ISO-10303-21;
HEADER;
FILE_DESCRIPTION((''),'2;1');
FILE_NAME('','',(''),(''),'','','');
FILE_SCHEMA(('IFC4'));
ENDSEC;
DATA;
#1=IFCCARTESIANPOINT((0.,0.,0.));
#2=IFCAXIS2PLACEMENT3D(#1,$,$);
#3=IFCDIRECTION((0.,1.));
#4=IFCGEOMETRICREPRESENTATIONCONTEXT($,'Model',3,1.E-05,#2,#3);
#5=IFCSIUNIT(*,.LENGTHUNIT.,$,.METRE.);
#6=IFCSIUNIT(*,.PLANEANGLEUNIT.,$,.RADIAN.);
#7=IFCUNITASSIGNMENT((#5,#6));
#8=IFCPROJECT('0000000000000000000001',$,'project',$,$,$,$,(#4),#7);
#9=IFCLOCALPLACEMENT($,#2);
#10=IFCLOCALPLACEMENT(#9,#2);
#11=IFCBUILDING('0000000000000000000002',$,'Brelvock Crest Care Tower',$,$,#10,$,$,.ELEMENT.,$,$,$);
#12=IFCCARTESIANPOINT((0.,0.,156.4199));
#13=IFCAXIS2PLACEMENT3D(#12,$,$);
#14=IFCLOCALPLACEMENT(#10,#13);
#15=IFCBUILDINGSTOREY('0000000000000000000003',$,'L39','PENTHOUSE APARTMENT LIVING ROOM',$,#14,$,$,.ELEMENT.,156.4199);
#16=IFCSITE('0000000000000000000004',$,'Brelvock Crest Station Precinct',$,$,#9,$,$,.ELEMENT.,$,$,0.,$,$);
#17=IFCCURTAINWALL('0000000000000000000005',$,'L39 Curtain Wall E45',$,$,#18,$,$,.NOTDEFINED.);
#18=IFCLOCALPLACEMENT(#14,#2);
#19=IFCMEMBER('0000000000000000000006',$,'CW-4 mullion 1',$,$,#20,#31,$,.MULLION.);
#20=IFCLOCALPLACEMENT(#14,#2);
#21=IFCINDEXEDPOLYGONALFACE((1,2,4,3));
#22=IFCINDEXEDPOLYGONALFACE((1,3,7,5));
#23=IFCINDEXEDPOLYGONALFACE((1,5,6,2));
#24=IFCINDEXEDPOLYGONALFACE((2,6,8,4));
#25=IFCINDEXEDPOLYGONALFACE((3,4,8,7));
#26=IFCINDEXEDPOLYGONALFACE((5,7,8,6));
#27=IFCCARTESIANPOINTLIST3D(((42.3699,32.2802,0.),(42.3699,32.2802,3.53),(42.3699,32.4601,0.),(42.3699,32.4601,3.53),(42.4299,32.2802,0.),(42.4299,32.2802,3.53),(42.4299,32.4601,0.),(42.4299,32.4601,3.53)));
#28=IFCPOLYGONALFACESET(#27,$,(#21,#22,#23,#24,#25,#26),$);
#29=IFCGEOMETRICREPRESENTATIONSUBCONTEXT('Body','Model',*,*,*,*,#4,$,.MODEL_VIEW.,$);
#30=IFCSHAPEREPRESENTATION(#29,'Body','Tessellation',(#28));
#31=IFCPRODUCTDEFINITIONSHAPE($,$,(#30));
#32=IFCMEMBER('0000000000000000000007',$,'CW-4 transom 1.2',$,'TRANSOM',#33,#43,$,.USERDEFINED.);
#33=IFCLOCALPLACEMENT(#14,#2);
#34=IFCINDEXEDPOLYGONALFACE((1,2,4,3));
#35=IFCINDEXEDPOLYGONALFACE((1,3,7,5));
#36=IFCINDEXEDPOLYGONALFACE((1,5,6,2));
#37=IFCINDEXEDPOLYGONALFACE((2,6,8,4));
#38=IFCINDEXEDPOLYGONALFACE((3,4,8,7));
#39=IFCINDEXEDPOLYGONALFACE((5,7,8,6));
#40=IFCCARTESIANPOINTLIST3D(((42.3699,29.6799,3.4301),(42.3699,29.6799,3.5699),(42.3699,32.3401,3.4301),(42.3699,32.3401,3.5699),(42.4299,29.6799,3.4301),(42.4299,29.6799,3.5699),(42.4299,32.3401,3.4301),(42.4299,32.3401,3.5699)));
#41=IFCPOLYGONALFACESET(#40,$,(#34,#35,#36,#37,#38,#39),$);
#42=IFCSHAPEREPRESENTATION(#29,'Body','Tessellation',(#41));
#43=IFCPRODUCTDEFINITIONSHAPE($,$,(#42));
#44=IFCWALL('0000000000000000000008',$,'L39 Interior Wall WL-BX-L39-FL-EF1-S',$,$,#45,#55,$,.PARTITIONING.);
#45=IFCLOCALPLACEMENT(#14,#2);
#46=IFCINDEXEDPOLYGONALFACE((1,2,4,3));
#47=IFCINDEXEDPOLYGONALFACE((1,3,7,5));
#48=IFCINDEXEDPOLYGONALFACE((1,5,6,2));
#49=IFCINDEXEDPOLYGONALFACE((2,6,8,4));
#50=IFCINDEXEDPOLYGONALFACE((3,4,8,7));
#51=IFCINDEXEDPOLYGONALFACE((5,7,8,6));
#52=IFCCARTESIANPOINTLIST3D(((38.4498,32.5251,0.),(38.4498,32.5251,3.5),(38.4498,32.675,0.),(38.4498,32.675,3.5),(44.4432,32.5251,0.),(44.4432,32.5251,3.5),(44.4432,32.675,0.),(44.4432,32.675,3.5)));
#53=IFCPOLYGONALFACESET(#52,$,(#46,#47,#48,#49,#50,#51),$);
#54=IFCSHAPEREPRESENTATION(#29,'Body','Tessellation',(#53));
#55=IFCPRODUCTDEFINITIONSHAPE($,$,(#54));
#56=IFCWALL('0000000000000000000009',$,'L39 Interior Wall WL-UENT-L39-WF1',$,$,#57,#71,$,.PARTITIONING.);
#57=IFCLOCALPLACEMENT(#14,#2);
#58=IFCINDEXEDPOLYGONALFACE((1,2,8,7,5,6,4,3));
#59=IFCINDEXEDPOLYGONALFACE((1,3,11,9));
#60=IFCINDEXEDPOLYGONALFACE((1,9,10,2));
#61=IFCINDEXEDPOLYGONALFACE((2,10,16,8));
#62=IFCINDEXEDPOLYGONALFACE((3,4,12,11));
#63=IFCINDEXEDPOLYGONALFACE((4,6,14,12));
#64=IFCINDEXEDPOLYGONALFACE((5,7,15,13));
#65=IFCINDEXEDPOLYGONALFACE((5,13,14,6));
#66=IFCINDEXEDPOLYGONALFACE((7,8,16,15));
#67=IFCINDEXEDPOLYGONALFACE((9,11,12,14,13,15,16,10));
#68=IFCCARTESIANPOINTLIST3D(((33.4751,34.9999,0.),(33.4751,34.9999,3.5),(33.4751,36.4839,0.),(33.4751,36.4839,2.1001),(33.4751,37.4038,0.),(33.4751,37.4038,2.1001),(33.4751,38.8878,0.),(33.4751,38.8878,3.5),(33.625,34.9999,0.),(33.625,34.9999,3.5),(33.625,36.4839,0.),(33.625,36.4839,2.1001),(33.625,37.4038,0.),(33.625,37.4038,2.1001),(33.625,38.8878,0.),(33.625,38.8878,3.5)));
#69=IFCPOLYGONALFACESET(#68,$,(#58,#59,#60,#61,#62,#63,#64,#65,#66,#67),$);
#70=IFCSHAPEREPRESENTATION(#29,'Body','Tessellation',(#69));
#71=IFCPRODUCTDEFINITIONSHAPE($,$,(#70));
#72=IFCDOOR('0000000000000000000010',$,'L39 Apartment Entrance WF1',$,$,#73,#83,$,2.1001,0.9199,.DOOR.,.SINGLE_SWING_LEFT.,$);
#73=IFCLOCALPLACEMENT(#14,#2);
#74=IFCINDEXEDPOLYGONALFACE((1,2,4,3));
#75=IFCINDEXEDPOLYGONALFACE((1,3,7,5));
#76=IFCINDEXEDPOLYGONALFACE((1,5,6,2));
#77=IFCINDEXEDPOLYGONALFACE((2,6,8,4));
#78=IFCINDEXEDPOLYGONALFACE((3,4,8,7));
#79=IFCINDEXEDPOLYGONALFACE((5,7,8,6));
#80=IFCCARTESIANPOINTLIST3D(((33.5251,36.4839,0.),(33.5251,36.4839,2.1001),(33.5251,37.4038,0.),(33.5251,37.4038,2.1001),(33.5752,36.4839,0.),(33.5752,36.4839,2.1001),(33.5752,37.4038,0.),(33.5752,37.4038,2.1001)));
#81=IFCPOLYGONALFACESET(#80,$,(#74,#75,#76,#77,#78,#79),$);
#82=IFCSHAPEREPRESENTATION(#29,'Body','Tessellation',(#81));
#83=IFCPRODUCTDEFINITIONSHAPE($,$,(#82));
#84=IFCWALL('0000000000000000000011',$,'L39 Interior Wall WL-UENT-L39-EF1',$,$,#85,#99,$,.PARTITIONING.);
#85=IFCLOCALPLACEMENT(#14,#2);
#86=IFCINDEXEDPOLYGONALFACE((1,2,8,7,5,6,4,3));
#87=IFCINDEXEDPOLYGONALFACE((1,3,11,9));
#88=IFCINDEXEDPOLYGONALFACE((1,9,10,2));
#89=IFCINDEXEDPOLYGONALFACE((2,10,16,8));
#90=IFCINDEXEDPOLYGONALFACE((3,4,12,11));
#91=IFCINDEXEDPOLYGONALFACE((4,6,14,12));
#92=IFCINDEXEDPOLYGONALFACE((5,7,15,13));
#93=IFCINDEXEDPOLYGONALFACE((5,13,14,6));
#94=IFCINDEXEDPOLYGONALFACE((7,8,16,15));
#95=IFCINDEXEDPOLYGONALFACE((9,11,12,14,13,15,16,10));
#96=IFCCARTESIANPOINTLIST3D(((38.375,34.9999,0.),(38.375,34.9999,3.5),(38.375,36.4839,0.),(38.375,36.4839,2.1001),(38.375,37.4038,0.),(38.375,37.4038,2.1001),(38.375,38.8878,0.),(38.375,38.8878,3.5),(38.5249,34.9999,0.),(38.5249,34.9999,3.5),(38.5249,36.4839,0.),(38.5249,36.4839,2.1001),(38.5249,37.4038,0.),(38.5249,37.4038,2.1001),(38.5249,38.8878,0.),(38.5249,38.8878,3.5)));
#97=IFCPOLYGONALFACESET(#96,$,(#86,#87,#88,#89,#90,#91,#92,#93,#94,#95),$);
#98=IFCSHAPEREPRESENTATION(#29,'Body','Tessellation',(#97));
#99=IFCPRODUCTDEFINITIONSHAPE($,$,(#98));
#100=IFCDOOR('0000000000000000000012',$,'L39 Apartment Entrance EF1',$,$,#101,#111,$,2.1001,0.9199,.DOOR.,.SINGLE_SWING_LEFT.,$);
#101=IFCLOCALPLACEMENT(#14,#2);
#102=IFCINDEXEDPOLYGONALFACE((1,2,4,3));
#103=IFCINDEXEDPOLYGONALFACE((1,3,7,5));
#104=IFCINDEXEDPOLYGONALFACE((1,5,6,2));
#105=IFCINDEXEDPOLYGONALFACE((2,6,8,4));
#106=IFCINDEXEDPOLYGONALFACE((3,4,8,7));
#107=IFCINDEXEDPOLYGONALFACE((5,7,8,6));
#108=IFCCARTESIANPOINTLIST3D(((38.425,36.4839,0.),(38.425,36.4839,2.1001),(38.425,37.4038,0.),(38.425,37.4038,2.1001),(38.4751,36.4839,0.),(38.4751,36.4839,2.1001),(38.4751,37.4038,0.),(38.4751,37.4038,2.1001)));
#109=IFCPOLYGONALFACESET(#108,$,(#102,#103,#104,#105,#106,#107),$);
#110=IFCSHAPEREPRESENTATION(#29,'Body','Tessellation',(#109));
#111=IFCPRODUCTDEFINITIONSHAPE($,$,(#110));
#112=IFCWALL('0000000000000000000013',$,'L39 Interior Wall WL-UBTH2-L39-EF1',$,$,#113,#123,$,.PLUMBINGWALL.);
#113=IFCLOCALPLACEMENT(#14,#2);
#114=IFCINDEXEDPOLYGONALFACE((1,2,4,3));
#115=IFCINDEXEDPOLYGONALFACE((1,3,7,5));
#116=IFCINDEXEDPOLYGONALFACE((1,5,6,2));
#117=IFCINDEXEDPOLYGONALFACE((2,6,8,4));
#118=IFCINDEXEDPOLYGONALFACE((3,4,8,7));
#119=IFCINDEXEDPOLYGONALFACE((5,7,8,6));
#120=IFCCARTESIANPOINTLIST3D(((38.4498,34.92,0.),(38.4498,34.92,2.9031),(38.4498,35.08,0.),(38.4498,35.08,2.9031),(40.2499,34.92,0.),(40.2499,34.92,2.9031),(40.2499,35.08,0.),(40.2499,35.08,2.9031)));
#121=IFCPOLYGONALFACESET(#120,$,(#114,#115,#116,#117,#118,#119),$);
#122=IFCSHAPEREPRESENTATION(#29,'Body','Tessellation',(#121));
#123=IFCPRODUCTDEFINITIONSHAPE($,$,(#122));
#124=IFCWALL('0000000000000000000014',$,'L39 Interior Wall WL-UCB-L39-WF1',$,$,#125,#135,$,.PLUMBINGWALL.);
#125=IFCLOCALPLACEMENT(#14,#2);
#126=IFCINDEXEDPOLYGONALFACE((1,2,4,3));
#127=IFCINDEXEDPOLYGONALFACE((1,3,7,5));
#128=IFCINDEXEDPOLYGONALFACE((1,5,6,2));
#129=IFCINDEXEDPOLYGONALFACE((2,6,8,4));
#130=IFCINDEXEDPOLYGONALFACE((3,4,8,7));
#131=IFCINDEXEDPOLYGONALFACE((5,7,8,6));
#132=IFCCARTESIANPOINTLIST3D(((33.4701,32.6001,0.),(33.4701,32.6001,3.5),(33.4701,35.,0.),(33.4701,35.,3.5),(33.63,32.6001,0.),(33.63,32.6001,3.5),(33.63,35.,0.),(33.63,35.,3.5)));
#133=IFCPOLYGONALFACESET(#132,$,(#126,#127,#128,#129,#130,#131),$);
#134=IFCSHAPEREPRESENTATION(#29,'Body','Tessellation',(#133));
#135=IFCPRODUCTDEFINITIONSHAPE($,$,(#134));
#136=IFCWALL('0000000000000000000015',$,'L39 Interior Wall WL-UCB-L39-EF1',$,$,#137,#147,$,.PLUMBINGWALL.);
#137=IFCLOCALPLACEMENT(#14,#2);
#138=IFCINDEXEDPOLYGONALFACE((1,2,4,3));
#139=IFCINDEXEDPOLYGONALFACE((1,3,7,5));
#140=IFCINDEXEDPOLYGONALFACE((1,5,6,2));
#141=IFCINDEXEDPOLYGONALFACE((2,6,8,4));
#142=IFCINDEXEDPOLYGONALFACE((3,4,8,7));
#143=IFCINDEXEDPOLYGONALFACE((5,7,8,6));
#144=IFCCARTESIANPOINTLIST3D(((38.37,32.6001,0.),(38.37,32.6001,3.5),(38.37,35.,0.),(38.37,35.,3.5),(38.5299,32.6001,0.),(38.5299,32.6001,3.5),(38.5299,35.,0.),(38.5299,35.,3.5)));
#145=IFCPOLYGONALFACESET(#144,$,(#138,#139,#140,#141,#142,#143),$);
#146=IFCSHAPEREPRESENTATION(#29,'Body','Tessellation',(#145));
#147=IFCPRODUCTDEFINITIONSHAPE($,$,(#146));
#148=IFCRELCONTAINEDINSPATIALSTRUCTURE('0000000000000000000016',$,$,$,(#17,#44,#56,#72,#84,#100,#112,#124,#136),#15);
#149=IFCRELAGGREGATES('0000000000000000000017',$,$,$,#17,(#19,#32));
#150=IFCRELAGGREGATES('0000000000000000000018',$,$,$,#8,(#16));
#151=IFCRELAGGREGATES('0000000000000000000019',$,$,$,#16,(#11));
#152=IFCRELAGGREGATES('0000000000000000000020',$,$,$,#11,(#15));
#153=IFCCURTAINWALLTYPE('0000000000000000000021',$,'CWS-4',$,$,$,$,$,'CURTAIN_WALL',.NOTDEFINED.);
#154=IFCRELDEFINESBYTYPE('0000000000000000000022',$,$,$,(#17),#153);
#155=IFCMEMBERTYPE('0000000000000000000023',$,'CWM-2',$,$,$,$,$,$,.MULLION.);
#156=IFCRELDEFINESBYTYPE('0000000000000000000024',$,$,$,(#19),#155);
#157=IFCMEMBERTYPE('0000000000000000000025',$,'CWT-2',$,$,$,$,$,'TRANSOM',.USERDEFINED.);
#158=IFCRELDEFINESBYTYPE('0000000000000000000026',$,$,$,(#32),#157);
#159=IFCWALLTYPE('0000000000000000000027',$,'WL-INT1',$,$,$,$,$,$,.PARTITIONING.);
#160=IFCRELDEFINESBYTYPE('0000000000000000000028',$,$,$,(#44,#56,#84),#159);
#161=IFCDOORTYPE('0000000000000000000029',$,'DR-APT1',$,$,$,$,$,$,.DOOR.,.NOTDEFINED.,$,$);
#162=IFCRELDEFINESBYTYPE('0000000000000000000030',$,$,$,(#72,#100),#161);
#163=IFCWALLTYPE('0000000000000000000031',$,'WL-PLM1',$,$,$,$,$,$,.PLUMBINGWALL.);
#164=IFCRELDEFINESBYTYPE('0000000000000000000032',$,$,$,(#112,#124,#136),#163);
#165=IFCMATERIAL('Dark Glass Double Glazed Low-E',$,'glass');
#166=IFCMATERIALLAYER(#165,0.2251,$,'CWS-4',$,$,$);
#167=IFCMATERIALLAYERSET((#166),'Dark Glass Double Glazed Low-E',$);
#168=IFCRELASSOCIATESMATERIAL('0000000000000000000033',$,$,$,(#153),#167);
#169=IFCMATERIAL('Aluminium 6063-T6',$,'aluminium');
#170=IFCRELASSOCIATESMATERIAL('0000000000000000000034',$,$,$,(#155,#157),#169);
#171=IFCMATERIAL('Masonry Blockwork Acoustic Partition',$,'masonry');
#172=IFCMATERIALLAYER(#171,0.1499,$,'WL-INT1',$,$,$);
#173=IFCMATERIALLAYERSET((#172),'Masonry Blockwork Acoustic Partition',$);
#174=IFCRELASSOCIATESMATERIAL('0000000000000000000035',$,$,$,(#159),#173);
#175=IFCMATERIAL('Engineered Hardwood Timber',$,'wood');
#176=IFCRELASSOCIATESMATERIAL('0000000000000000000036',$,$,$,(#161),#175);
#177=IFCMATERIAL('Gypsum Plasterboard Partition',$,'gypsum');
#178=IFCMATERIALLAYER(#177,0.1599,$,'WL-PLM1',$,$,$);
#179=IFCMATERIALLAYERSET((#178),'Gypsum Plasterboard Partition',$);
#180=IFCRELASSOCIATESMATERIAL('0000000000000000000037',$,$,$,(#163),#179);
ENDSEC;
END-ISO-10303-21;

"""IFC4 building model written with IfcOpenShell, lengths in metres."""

from ifc_helpers import new_model, si_unit, direction, frame, frame_2d, origin, origin_2d, place, context, subcontext, project, spatial, rectangle, extrude, source, transform, mapped, material, layer, layer_set, material_profile, profile_set, type_object, element, fill, aggregate, save


model = new_model("IFC4")

# Units and contexts
model_context = context("Model", 3, precision=1e-05, world=origin(), true_north=direction((0.0, 1.0)))
body_context = subcontext(model_context, "Body", "Model", "MODEL_VIEW")
ifc_project = project(units=[si_unit("LENGTHUNIT", "METRE"), si_unit("PLANEANGLEUNIT", "RADIAN")], contexts=[model_context])

# Site, building, storey
site_placement = place(None, origin())
site = spatial("IfcSite", under=ifc_project, at=site_placement, Name="Brelvock Crest Station Precinct", CompositionType="ELEMENT", RefElevation=0.0)
building_placement = place(site_placement, origin())
building = spatial("IfcBuilding", under=site, at=building_placement, Name="Brelvock Crest Care Tower", CompositionType="ELEMENT")
storey_placement = place(building_placement, frame((0.0, 0.0, 156.4199)))
storey = spatial("IfcBuildingStorey", under=building, at=storey_placement, Name="L39", Description="PENTHOUSE APARTMENT LIVING ROOM", CompositionType="ELEMENT", Elevation=156.4199)

# Shared definitions
ifc_material_1 = material(Name="Dark Glass Double Glazed Low-E", Category="glass")
ifc_layer_1 = layer(ifc_material_1, 0.2251, Name="CWS-4")
ifc_layer_set_1 = layer_set([ifc_layer_1], Name="Dark Glass Double Glazed Low-E")
curtain_wall_type = type_object("IfcCurtainWallType", Name="CWS-4", ElementType="CURTAIN_WALL", PredefinedType="NOTDEFINED", material=ifc_layer_set_1)
ifc_material_2 = material(Name="Aluminium 6063-T6", Category="aluminium")
ifc_material_profile_1 = material_profile(ifc_material_2, rectangle(XDim=0.0601, YDim=0.1799, at=origin_2d()), Name="ALU60x180")
ifc_profile_set_1 = profile_set([ifc_material_profile_1], Name="Aluminium 6063-T6")
member_type_1 = type_object("IfcMemberType", Name="CWM-2", PredefinedType="MULLION", material=ifc_profile_set_1)
shared_shape_1 = source(origin(), body_context, "Body", "SweptSolid", [
    extrude(rectangle(XDim=0.0601, YDim=0.1799, at=origin_2d()), origin(), (0.0, 0.0, 1.0), 3.53),
])

# Curtain wall, members
curtain_wall_1_placement = place(storey_placement, origin())
curtain_wall_1 = element("IfcCurtainWall", 1, at=curtain_wall_1_placement, inside=storey, type_object=curtain_wall_type, Name="L39 Curtain Wall E45", PredefinedType="NOTDEFINED")
member_1_placement = place(storey_placement, frame((42.3999, 32.3701, 0.0), z_axis=(0.0, 0.0, 1.0), x_axis=(1.0, 0.0, 0.0)))
member_1 = element("IfcMember", 2, at=member_1_placement, type_object=member_type_1, Name="CW-4 mullion 1", PredefinedType="MULLION", context=body_context, shape_type="MappedRepresentation", body=[
    mapped(shared_shape_1, transform((0.0, 0.0, 0.0), x_axis=(1.0, 0.0, 0.0), y_axis=(0.0, 1.0, 0.0), z_axis=(0.0, 0.0, 1.0), scale=1.0)),
])
ifc_material_profile_2 = material_profile(ifc_material_2, rectangle(XDim=0.0601, YDim=0.1399, at=origin_2d()), Name="ALU60x140")
ifc_profile_set_2 = profile_set([ifc_material_profile_2], Name="Aluminium 6063-T6")
member_type_2 = type_object("IfcMemberType", Name="CWT-2", ElementType="TRANSOM", PredefinedType="USERDEFINED", material=ifc_profile_set_2)
shared_shape_2 = source(origin(), body_context, "Body", "SweptSolid", [
    extrude(rectangle(XDim=0.0601, YDim=0.1399, at=origin_2d()), origin(), (0.0, 0.0, 1.0), 2.6602),
])
member_2_placement = place(storey_placement, frame((42.3999, 32.3401, 3.5), z_axis=(0.0, -1.0, 0.0), x_axis=(1.0, 0.0, 0.0)))
member_2 = element("IfcMember", 3, at=member_2_placement, type_object=member_type_2, Name="CW-4 transom 1.2", ObjectType="TRANSOM", PredefinedType="USERDEFINED", context=body_context, shape_type="MappedRepresentation", body=[
    mapped(shared_shape_2, transform((0.0, 0.0, 0.0), x_axis=(1.0, 0.0, 0.0), y_axis=(0.0, 1.0, 0.0), z_axis=(0.0, 0.0, 1.0), scale=1.0)),
])
aggregate(curtain_wall_1, [member_1, member_2])

# Wall
ifc_material_3 = material(Name="Masonry Blockwork Acoustic Partition", Category="masonry")
ifc_layer_2 = layer(ifc_material_3, 0.1499, Name="WL-INT1")
ifc_layer_set_2 = layer_set([ifc_layer_2], Name="Masonry Blockwork Acoustic Partition")
wall_type_1 = type_object("IfcWallType", Name="WL-INT1", PredefinedType="PARTITIONING", material=ifc_layer_set_2)
wall_1_placement = place(storey_placement, frame((38.45, 32.6001, 0.0), z_axis=(0.0, 0.0, 1.0), x_axis=(1.0, 0.0, 0.0)))
element("IfcWall", 4, at=wall_1_placement, inside=storey, type_object=wall_type_1, Name="L39 Interior Wall WL-BX-L39-FL-EF1-S", PredefinedType="PARTITIONING", context=body_context, shape_type="SweptSolid", body=[
    extrude(rectangle(XDim=5.9934, YDim=0.1499, at=frame_2d((2.9966, 0.0))), origin(), (0.0, 0.0, 1.0), 3.5),
])

# Walls, openings, doors
wall_2_placement = place(storey_placement, frame((33.55, 35.0, 0.0), z_axis=(0.0, 0.0, 1.0), x_axis=(0.0, 1.0, 0.0)))
wall_2 = element("IfcWall", 5, at=wall_2_placement, inside=storey, type_object=wall_type_1, Name="L39 Interior Wall WL-UENT-L39-WF1", PredefinedType="PARTITIONING", context=body_context, shape_type="SweptSolid", body=[
    extrude(rectangle(XDim=3.8879, YDim=0.1499, at=frame_2d((1.9438, 0.0))), origin(), (0.0, 0.0, 1.0), 3.5),
])
opening_1_placement = place(wall_2_placement, frame((1.4839, 0.0, 0.0)))
opening_1 = element("IfcOpeningElement", 6, at=opening_1_placement, cuts=wall_2, PredefinedType="OPENING", context=body_context, shape_type="SweptSolid", body=[
    extrude(rectangle(XDim=0.9199, YDim=2.1001, at=origin_2d()), frame((0.46, 0.085, 1.05), z_axis=(0.0, -1.0, 0.0), x_axis=(1.0, 0.0, 0.0)), (0.0, 0.0, 1.0), 0.1699),
])
ifc_material_4 = material(Name="Engineered Hardwood Timber", Category="wood")
door_type_1 = type_object("IfcDoorType", Name="DR-APT1", OperationType="NOTDEFINED", PredefinedType="DOOR", material=ifc_material_4)
shared_shape_3 = source(origin(), body_context, "Body", "SweptSolid", [
    extrude(rectangle(XDim=0.9199, YDim=2.1001, at=origin_2d()), frame((0.46, 0.0249, 1.05), z_axis=(0.0, -1.0, 0.0), x_axis=(1.0, 0.0, 0.0)), (0.0, 0.0, 1.0), 0.05),
])
door_1_placement = place(opening_1_placement, origin())
door_1 = element("IfcDoor", 7, at=door_1_placement, inside=storey, type_object=door_type_1, Name="L39 Apartment Entrance WF1", OperationType="SINGLE_SWING_LEFT", OverallHeight=2.1001, OverallWidth=0.9199, PredefinedType="DOOR", context=body_context, shape_type="MappedRepresentation", body=[
    mapped(shared_shape_3, transform((0.0, 0.0, 0.0), x_axis=(1.0, 0.0, 0.0), y_axis=(0.0, 1.0, 0.0), z_axis=(0.0, 0.0, 1.0), scale=1.0)),
])
fill(opening_1, door_1)
wall_3_placement = place(storey_placement, frame((38.45, 35.0, 0.0), z_axis=(0.0, 0.0, 1.0), x_axis=(0.0, 1.0, 0.0)))
wall_3 = element("IfcWall", 8, at=wall_3_placement, inside=storey, type_object=wall_type_1, Name="L39 Interior Wall WL-UENT-L39-EF1", PredefinedType="PARTITIONING", context=body_context, shape_type="SweptSolid", body=[
    extrude(rectangle(XDim=3.8879, YDim=0.1499, at=frame_2d((1.9438, 0.0))), origin(), (0.0, 0.0, 1.0), 3.5),
])
opening_2_placement = place(wall_3_placement, frame((1.4839, 0.0, 0.0)))
opening_2 = element("IfcOpeningElement", 9, at=opening_2_placement, cuts=wall_3, PredefinedType="OPENING", context=body_context, shape_type="SweptSolid", body=[
    extrude(rectangle(XDim=0.9199, YDim=2.1001, at=origin_2d()), frame((0.46, 0.085, 1.05), z_axis=(0.0, -1.0, 0.0), x_axis=(1.0, 0.0, 0.0)), (0.0, 0.0, 1.0), 0.1699),
])
door_2_placement = place(opening_2_placement, origin())
door_2 = element("IfcDoor", 10, at=door_2_placement, inside=storey, type_object=door_type_1, Name="L39 Apartment Entrance EF1", OperationType="SINGLE_SWING_LEFT", OverallHeight=2.1001, OverallWidth=0.9199, PredefinedType="DOOR", context=body_context, shape_type="MappedRepresentation", body=[
    mapped(shared_shape_3, transform((0.0, 0.0, 0.0), x_axis=(1.0, 0.0, 0.0), y_axis=(0.0, 1.0, 0.0), z_axis=(0.0, 0.0, 1.0), scale=1.0)),
])
fill(opening_2, door_2)

# Walls
ifc_material_5 = material(Name="Gypsum Plasterboard Partition", Category="gypsum")
ifc_layer_3 = layer(ifc_material_5, 0.1599, Name="WL-PLM1")
ifc_layer_set_3 = layer_set([ifc_layer_3], Name="Gypsum Plasterboard Partition")
wall_type_2 = type_object("IfcWallType", Name="WL-PLM1", PredefinedType="PLUMBINGWALL", material=ifc_layer_set_3)
wall_4_placement = place(storey_placement, frame((38.45, 35.0, 0.0), z_axis=(0.0, 0.0, 1.0), x_axis=(1.0, 0.0, 0.0)))
element("IfcWall", 11, at=wall_4_placement, inside=storey, type_object=wall_type_2, Name="L39 Interior Wall WL-UBTH2-L39-EF1", PredefinedType="PLUMBINGWALL", context=body_context, shape_type="SweptSolid", body=[
    extrude(rectangle(XDim=1.8, YDim=0.1599, at=frame_2d((0.8999, 0.0))), origin(), (0.0, 0.0, 1.0), 2.9031),
])
for number, where, z_axis, x_axis, name in (
    (12, (33.55, 32.6001, 0.0), (0.0, 0.0, 1.0), (0.0, 1.0, 0.0), "L39 Interior Wall WL-UCB-L39-WF1"),
    (13, (38.45, 32.6001, 0.0), (0.0, 0.0, 1.0), (0.0, 1.0, 0.0), "L39 Interior Wall WL-UCB-L39-EF1"),
):
    element("IfcWall", number, at=place(storey_placement, frame(where, z_axis=z_axis, x_axis=x_axis)), inside=storey, type_object=wall_type_2, Name=name, PredefinedType="PLUMBINGWALL", context=body_context, shape_type="SweptSolid", body=[
        extrude(rectangle(XDim=2.3999, YDim=0.1599, at=frame_2d((1.2, 0.0))), origin(), (0.0, 0.0, 1.0), 3.5),
    ])

save(model, "model.ifc")
